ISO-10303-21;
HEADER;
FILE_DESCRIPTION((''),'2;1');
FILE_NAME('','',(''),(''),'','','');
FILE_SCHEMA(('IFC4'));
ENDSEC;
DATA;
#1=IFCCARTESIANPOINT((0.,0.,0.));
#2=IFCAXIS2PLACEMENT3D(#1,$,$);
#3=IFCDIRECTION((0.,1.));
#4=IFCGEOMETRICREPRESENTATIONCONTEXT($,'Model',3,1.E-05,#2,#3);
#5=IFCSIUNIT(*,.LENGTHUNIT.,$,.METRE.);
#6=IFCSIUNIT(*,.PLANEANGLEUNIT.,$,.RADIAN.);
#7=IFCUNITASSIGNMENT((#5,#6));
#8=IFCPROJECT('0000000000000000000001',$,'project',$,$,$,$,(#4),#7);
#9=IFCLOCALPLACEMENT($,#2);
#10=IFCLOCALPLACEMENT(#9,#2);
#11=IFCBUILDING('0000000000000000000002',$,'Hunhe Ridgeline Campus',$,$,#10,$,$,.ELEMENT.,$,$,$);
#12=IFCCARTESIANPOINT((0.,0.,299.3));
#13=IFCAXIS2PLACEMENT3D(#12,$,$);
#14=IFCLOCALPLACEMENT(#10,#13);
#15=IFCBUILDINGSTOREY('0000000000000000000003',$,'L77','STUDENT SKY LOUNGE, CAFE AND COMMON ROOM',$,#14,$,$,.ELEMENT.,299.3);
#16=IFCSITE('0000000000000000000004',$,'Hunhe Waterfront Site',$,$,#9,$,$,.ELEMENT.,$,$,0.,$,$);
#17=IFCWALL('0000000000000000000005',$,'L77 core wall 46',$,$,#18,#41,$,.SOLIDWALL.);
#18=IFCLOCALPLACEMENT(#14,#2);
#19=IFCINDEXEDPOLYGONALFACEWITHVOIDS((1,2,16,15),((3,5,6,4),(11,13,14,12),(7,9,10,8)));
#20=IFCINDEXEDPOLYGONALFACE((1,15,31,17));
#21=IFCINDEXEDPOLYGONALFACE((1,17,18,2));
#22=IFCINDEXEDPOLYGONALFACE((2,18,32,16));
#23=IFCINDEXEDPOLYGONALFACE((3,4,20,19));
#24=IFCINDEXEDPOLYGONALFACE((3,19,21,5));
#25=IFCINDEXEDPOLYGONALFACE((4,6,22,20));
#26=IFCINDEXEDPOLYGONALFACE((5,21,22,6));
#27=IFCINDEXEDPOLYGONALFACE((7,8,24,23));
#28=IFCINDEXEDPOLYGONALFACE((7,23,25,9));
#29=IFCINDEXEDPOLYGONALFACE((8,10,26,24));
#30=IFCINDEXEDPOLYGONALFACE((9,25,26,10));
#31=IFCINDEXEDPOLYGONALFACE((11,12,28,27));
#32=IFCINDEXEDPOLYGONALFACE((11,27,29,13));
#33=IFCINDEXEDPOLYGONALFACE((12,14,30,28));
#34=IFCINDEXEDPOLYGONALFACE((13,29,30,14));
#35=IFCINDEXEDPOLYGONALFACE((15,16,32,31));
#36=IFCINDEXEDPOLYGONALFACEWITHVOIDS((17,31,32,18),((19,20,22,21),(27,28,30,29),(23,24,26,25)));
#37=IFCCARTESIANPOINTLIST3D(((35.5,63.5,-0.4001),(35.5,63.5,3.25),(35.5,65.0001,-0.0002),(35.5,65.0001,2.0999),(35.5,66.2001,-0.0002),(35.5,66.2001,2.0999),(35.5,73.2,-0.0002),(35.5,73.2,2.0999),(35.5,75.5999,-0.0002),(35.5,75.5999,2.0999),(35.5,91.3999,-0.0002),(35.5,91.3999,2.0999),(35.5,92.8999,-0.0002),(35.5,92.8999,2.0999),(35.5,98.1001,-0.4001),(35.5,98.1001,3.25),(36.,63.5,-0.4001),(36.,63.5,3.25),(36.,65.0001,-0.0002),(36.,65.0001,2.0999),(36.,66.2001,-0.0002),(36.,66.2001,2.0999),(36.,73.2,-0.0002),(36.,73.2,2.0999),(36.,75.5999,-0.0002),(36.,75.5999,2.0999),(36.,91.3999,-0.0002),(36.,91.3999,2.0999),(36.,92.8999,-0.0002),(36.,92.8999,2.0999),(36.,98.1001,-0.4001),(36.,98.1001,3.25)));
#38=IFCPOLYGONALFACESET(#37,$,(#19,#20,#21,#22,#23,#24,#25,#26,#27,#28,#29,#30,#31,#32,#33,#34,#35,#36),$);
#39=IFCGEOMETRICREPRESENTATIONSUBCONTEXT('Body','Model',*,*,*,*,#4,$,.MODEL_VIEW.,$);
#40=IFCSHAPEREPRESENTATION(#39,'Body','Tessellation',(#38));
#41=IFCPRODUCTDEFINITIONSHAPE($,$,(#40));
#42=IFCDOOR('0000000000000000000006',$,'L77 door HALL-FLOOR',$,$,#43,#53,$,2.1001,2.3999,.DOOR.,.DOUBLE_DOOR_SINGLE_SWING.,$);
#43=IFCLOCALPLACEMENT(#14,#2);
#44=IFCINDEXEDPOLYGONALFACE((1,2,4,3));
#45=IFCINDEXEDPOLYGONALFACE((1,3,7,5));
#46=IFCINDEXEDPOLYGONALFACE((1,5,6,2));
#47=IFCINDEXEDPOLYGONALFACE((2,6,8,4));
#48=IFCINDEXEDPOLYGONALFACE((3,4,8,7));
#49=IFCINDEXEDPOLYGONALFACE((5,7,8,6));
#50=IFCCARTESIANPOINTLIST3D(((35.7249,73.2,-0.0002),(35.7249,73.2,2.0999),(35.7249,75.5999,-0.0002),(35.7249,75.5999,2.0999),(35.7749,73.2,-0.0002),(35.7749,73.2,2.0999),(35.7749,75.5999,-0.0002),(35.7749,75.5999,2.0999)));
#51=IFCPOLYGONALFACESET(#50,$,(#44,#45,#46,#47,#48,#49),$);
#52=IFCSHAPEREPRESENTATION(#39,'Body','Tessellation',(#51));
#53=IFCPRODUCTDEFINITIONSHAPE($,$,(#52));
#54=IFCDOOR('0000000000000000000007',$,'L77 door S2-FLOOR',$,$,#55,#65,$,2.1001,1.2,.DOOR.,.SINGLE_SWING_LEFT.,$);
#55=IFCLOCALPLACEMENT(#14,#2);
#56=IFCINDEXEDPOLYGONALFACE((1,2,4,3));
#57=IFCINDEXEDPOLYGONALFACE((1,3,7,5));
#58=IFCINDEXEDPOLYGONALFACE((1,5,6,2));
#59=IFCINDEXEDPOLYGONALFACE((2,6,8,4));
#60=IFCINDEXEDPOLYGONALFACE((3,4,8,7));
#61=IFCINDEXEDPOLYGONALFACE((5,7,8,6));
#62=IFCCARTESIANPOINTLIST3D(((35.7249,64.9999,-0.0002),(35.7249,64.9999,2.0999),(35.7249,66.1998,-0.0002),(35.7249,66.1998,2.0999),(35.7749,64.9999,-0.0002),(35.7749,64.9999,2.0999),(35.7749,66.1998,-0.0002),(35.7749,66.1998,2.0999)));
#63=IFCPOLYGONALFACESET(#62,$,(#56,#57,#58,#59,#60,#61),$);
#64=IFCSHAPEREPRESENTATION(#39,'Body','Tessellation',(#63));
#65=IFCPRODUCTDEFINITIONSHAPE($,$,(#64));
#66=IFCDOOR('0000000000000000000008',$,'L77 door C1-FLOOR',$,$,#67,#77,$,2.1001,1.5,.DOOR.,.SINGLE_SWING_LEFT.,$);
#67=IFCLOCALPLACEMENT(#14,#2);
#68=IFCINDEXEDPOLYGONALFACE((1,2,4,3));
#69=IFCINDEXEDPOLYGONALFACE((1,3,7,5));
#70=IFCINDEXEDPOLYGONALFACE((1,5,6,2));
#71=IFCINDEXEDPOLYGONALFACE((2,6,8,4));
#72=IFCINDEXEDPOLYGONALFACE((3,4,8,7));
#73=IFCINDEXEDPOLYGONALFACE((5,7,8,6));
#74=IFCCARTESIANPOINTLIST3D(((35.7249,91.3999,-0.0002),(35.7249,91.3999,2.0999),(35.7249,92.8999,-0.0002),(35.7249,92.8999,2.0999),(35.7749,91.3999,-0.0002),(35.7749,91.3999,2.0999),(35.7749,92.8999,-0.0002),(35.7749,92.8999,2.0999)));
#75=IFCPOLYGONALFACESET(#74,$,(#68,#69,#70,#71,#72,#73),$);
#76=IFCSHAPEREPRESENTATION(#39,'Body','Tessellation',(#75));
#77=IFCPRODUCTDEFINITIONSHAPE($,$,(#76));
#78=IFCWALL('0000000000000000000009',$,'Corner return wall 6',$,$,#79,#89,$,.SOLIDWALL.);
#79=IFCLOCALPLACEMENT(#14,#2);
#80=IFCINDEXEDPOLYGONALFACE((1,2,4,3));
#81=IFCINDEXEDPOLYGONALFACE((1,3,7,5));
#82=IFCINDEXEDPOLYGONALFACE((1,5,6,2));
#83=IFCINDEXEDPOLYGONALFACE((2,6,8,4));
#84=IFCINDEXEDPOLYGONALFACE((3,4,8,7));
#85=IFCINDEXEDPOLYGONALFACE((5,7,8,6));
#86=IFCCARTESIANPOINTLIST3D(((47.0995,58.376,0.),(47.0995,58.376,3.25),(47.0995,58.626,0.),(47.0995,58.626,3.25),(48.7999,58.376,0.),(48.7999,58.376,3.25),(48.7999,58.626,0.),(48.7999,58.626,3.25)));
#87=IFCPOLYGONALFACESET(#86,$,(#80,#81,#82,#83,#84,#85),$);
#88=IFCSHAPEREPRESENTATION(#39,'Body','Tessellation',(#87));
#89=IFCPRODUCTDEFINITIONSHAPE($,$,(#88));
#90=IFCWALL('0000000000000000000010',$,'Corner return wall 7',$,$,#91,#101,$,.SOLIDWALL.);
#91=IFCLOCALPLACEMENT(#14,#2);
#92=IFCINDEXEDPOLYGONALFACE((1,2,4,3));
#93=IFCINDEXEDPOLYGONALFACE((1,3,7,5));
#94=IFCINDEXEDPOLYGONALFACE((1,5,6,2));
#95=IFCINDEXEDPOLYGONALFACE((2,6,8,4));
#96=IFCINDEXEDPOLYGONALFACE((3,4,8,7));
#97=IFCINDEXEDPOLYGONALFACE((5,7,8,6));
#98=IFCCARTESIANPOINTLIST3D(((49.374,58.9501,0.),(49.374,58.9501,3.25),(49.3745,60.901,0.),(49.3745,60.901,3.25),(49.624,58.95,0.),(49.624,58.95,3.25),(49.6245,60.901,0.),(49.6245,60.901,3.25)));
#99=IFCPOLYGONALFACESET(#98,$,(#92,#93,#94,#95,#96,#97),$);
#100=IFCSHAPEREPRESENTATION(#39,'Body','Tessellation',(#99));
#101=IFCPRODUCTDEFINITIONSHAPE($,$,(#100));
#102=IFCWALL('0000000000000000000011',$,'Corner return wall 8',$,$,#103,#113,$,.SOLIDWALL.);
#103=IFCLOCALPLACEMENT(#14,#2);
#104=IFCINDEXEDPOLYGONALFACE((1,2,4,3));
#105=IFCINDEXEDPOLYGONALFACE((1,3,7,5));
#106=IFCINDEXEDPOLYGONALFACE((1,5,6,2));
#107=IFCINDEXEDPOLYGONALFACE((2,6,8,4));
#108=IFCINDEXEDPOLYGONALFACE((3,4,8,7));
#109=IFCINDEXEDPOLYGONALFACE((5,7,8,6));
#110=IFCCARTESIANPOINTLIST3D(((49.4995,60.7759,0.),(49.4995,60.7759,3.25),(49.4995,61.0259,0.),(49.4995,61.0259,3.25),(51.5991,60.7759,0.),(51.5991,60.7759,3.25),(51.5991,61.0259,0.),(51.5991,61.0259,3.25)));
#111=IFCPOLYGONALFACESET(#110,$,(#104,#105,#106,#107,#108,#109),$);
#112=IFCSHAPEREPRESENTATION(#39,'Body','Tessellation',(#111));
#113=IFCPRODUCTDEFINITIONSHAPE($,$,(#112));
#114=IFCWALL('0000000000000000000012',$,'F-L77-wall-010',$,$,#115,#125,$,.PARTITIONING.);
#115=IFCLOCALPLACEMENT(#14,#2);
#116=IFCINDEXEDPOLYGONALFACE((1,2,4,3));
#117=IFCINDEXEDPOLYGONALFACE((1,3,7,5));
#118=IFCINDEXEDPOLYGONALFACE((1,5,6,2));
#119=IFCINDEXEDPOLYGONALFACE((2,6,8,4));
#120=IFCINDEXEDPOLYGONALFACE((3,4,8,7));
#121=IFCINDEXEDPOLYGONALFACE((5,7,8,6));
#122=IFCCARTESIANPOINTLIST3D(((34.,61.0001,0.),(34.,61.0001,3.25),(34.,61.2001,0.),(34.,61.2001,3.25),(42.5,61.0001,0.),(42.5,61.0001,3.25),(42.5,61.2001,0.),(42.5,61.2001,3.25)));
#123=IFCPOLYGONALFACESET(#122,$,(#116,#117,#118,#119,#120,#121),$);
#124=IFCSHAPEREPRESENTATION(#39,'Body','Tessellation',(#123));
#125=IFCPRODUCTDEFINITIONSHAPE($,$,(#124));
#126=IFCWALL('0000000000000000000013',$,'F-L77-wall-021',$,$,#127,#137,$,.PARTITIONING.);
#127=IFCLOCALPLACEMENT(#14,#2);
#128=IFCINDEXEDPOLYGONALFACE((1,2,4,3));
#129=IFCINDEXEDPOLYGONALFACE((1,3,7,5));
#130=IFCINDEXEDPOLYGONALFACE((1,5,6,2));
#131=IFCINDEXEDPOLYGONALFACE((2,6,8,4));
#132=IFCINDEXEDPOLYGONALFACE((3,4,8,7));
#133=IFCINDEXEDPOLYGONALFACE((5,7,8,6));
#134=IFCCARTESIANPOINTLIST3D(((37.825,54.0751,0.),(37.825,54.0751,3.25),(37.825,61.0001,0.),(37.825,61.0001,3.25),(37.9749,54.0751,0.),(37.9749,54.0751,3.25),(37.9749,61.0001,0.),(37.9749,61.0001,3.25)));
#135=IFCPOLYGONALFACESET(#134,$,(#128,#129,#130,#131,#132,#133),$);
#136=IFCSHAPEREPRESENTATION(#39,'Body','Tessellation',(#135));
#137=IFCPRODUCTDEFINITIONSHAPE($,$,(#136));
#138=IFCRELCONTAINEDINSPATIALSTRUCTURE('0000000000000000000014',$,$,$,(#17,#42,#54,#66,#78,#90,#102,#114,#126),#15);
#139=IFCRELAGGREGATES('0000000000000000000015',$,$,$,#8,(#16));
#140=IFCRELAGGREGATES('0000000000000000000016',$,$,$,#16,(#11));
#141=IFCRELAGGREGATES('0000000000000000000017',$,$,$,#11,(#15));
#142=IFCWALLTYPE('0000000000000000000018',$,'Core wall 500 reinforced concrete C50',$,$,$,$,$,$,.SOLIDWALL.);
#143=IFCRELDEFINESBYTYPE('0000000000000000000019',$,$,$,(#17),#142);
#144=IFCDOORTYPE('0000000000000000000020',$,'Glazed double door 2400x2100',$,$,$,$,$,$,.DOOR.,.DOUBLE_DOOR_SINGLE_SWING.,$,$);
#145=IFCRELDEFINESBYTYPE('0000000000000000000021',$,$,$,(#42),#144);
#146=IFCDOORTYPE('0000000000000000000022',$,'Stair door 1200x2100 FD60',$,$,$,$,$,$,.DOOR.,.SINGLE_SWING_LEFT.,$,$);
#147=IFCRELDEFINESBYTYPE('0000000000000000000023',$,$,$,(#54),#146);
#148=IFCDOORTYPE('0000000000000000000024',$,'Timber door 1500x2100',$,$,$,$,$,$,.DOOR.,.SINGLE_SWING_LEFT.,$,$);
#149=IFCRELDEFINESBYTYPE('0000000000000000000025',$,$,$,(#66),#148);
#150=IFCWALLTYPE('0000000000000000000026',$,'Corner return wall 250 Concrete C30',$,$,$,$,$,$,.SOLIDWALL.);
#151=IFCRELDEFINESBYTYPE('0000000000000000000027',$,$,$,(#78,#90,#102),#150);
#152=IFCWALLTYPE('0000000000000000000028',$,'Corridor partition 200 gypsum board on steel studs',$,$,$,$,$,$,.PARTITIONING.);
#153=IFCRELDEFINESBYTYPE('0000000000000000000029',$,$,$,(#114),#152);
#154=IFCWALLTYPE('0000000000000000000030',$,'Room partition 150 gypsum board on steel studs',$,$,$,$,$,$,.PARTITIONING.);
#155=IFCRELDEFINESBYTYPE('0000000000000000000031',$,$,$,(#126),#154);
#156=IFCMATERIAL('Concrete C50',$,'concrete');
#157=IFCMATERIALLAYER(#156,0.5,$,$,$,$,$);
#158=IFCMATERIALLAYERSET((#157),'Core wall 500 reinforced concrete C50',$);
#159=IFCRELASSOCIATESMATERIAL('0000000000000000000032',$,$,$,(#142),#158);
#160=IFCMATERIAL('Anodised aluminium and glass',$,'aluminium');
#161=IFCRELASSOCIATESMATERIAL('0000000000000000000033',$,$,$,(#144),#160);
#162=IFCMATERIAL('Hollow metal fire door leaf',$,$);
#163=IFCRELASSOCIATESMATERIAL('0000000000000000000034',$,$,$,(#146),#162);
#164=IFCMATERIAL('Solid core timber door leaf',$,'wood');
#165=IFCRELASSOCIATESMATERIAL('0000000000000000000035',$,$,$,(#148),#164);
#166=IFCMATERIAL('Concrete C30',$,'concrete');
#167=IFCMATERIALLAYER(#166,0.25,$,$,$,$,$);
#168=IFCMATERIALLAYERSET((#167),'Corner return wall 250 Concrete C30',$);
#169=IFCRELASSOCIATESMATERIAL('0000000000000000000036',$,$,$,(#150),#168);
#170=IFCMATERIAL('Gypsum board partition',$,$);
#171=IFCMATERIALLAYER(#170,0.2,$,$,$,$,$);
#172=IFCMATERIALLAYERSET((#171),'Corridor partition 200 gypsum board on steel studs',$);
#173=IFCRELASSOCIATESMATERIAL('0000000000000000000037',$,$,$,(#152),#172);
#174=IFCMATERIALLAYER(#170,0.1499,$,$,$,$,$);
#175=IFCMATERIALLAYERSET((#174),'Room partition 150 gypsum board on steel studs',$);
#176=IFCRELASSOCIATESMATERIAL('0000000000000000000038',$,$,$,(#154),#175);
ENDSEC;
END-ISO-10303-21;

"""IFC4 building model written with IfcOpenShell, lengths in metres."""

from ifc_helpers import new_model, si_unit, direction, frame, frame_2d, origin, place, context, subcontext, project, spatial, rectangle, extrude, material, layer, layer_set, type_object, element, fill, save


model = new_model("IFC4")

# Units and contexts
model_context = context("Model", 3, precision=1e-05, world=origin(), true_north=direction((0.0, 1.0)))
body_context = subcontext(model_context, "Body", "Model", "MODEL_VIEW")
ifc_project = project(units=[si_unit("LENGTHUNIT", "METRE"), si_unit("PLANEANGLEUNIT", "RADIAN")], contexts=[model_context])

# Site, building, storey
site_placement = place(None, origin())
site = spatial("IfcSite", under=ifc_project, at=site_placement, Name="Hunhe Waterfront Site", CompositionType="ELEMENT", RefElevation=0.0)
building_placement = place(site_placement, origin())
building = spatial("IfcBuilding", under=site, at=building_placement, Name="Hunhe Ridgeline Campus", CompositionType="ELEMENT")
storey_placement = place(building_placement, frame((0.0, 0.0, 299.3)))
storey = spatial("IfcBuildingStorey", under=building, at=storey_placement, Name="L77", Description="STUDENT SKY LOUNGE, CAFE AND COMMON ROOM", CompositionType="ELEMENT", Elevation=299.3)

# Shared definitions
ifc_material_1 = material(Name="Concrete C50", Category="concrete")

# Wall, openings, doors
ifc_layer_1 = layer(ifc_material_1, 0.5)
ifc_layer_set_1 = layer_set([ifc_layer_1], Name="Core wall 500 reinforced concrete C50")
wall_type_1 = type_object("IfcWallType", Name="Core wall 500 reinforced concrete C50", PredefinedType="SOLIDWALL", material=ifc_layer_set_1)
wall_1_placement = place(storey_placement, frame((35.75, 63.5, -0.4001), z_axis=(0.0, 0.0, 1.0), x_axis=(0.0, 1.0, 0.0)))
wall_1 = element("IfcWall", 1, at=wall_1_placement, inside=storey, type_object=wall_type_1, Name="L77 core wall 46", PredefinedType="SOLIDWALL", context=body_context, shape_type="SweptSolid", body=[
    extrude(rectangle(XDim=34.6001, YDim=0.5, at=frame_2d((17.3, 0.0))), origin(), (0.0, 0.0, 1.0), 3.6501),
])
opening_1_placement = place(wall_1_placement, frame((9.7, 0.0, 0.3999)))
opening_1 = element("IfcOpeningElement", 2, at=opening_1_placement, cuts=wall_1, PredefinedType="OPENING", context=body_context, shape_type="SweptSolid", body=[
    extrude(rectangle(XDim=2.3999, YDim=2.1001, at=frame_2d((1.2, 1.05))), frame((0.0, 0.25, 0.0), z_axis=(0.0, -1.0, 0.0), x_axis=(1.0, 0.0, 0.0)), (0.0, 0.0, 1.0), 0.5),
])
opening_2_placement = place(wall_1_placement, frame((27.8999, 0.0, 0.3999)))
opening_2 = element("IfcOpeningElement", 3, at=opening_2_placement, cuts=wall_1, PredefinedType="OPENING", context=body_context, shape_type="SweptSolid", body=[
    extrude(rectangle(XDim=1.5, YDim=2.1001, at=frame_2d((0.75, 1.05))), frame((0.0, 0.25, 0.0), z_axis=(0.0, -1.0, 0.0), x_axis=(1.0, 0.0, 0.0)), (0.0, 0.0, 1.0), 0.5),
])
opening_3_placement = place(wall_1_placement, frame((1.5, 0.0, 0.3999)))
opening_3 = element("IfcOpeningElement", 4, at=opening_3_placement, cuts=wall_1, PredefinedType="OPENING", context=body_context, shape_type="SweptSolid", body=[
    extrude(rectangle(XDim=1.2, YDim=2.1001, at=frame_2d((0.6001, 1.05))), frame((0.0, 0.25, 0.0), z_axis=(0.0, -1.0, 0.0), x_axis=(1.0, 0.0, 0.0)), (0.0, 0.0, 1.0), 0.5),
])
ifc_material_2 = material(Name="Anodised aluminium and glass", Category="aluminium")
door_type_1 = type_object("IfcDoorType", Name="Glazed double door 2400x2100", OperationType="DOUBLE_DOOR_SINGLE_SWING", PredefinedType="DOOR", material=ifc_material_2)
door_1_placement = place(opening_1_placement, frame((2.3999, 0.0, 0.0), z_axis=(0.0, 0.0, 1.0), x_axis=(-1.0, 0.0, 0.0)))
door_1 = element("IfcDoor", 5, at=door_1_placement, inside=storey, type_object=door_type_1, Name="L77 door HALL-FLOOR", OperationType="DOUBLE_DOOR_SINGLE_SWING", OverallHeight=2.1001, OverallWidth=2.3999, PredefinedType="DOOR", context=body_context, shape_type="SweptSolid", body=[
    extrude(rectangle(XDim=2.3999, YDim=2.1001, at=frame_2d((1.2, 1.05))), frame((0.0, 0.0249, 0.0), z_axis=(0.0, -1.0, 0.0), x_axis=(1.0, 0.0, 0.0)), (0.0, 0.0, 1.0), 0.05),
])
fill(opening_1, door_1)
ifc_material_3 = material(Name="Hollow metal fire door leaf")
door_type_2 = type_object("IfcDoorType", Name="Stair door 1200x2100 FD60", OperationType="SINGLE_SWING_LEFT", PredefinedType="DOOR", material=ifc_material_3)
door_2_placement = place(opening_3_placement, frame((1.2, 0.0, 0.0), z_axis=(0.0, 0.0, 1.0), x_axis=(-1.0, 0.0, 0.0)))
door_2 = element("IfcDoor", 6, at=door_2_placement, inside=storey, type_object=door_type_2, Name="L77 door S2-FLOOR", OperationType="SINGLE_SWING_LEFT", OverallHeight=2.1001, OverallWidth=1.2, PredefinedType="DOOR", context=body_context, shape_type="SweptSolid", body=[
    extrude(rectangle(XDim=1.2, YDim=2.1001, at=frame_2d((0.6001, 1.05))), frame((0.0, 0.0249, 0.0), z_axis=(0.0, -1.0, 0.0), x_axis=(1.0, 0.0, 0.0)), (0.0, 0.0, 1.0), 0.05),
])
fill(opening_3, door_2)
ifc_material_4 = material(Name="Solid core timber door leaf", Category="wood")
door_type_3 = type_object("IfcDoorType", Name="Timber door 1500x2100", OperationType="SINGLE_SWING_LEFT", PredefinedType="DOOR", material=ifc_material_4)
door_3_placement = place(opening_2_placement, frame((1.5, 0.0, 0.0), z_axis=(0.0, 0.0, 1.0), x_axis=(-1.0, 0.0, 0.0)))
door_3 = element("IfcDoor", 7, at=door_3_placement, inside=storey, type_object=door_type_3, Name="L77 door C1-FLOOR", OperationType="SINGLE_SWING_LEFT", OverallHeight=2.1001, OverallWidth=1.5, PredefinedType="DOOR", context=body_context, shape_type="SweptSolid", body=[
    extrude(rectangle(XDim=1.5, YDim=2.1001, at=frame_2d((0.75, 1.05))), frame((0.0, 0.0249, 0.0), z_axis=(0.0, -1.0, 0.0), x_axis=(1.0, 0.0, 0.0)), (0.0, 0.0, 1.0), 0.05),
])
fill(opening_2, door_3)

# Walls
ifc_material_5 = material(Name="Concrete C30", Category="concrete")
ifc_layer_2 = layer(ifc_material_5, 0.25)
ifc_layer_set_2 = layer_set([ifc_layer_2], Name="Corner return wall 250 Concrete C30")
wall_type_2 = type_object("IfcWallType", Name="Corner return wall 250 Concrete C30", PredefinedType="SOLIDWALL", material=ifc_layer_set_2)
wall_2_placement = place(storey_placement, frame((47.0996, 58.501, 0.0), z_axis=(0.0, 0.0, 1.0), x_axis=(1.0, 0.0, 0.0)))
element("IfcWall", 8, at=wall_2_placement, inside=storey, type_object=wall_type_2, Name="Corner return wall 6", PredefinedType="SOLIDWALL", context=body_context, shape_type="SweptSolid", body=[
    extrude(rectangle(XDim=1.7004, YDim=0.25, at=frame_2d((0.8501, 0.0))), origin(), (0.0, 0.0, 1.0), 3.25),
])
wall_3_placement = place(storey_placement, frame((49.499, 58.95, 0.0), z_axis=(0.0, 0.0, 1.0), x_axis=(0.00025, 1.0, 0.0)))
element("IfcWall", 9, at=wall_3_placement, inside=storey, type_object=wall_type_2, Name="Corner return wall 7", PredefinedType="SOLIDWALL", context=body_context, shape_type="SweptSolid", body=[
    extrude(rectangle(XDim=1.9509, YDim=0.25, at=frame_2d((0.9756, 0.0))), origin(), (0.0, 0.0, 1.0), 3.25),
])
wall_4_placement = place(storey_placement, frame((49.4995, 60.9009, 0.0), z_axis=(0.0, 0.0, 1.0), x_axis=(1.0, 0.0, 0.0)))
element("IfcWall", 10, at=wall_4_placement, inside=storey, type_object=wall_type_2, Name="Corner return wall 8", PredefinedType="SOLIDWALL", context=body_context, shape_type="SweptSolid", body=[
    extrude(rectangle(XDim=2.0996, YDim=0.25, at=frame_2d((1.0498, 0.0))), origin(), (0.0, 0.0, 1.0), 3.25),
])
ifc_material_6 = material(Name="Gypsum board partition")
ifc_layer_3 = layer(ifc_material_6, 0.2)
ifc_layer_set_3 = layer_set([ifc_layer_3], Name="Corridor partition 200 gypsum board on steel studs")
wall_type_3 = type_object("IfcWallType", Name="Corridor partition 200 gypsum board on steel studs", PredefinedType="PARTITIONING", material=ifc_layer_set_3)
wall_5_placement = place(storey_placement, frame((42.5, 61.1001, 0.0), z_axis=(0.0, 0.0, 1.0), x_axis=(-1.0, 0.0, 0.0)))
element("IfcWall", 11, at=wall_5_placement, inside=storey, type_object=wall_type_3, Name="F-L77-wall-010", PredefinedType="PARTITIONING", context=body_context, shape_type="SweptSolid", body=[
    extrude(rectangle(XDim=8.5, YDim=0.2, at=frame_2d((4.25, 0.0))), origin(), (0.0, 0.0, 1.0), 3.25),
])
ifc_layer_4 = layer(ifc_material_6, 0.1499)
ifc_layer_set_4 = layer_set([ifc_layer_4], Name="Room partition 150 gypsum board on steel studs")
wall_type_4 = type_object("IfcWallType", Name="Room partition 150 gypsum board on steel studs", PredefinedType="PARTITIONING", material=ifc_layer_set_4)
wall_6_placement = place(storey_placement, frame((37.8999, 61.0, 0.0), z_axis=(0.0, 0.0, 1.0), x_axis=(0.0, -1.0, 0.0)))
element("IfcWall", 12, at=wall_6_placement, inside=storey, type_object=wall_type_4, Name="F-L77-wall-021", PredefinedType="PARTITIONING", context=body_context, shape_type="SweptSolid", body=[
    extrude(rectangle(XDim=6.925, YDim=0.1499, at=frame_2d((3.4624, 0.0))), origin(), (0.0, 0.0, 1.0), 3.25),
])

save(model, "model.ifc")
